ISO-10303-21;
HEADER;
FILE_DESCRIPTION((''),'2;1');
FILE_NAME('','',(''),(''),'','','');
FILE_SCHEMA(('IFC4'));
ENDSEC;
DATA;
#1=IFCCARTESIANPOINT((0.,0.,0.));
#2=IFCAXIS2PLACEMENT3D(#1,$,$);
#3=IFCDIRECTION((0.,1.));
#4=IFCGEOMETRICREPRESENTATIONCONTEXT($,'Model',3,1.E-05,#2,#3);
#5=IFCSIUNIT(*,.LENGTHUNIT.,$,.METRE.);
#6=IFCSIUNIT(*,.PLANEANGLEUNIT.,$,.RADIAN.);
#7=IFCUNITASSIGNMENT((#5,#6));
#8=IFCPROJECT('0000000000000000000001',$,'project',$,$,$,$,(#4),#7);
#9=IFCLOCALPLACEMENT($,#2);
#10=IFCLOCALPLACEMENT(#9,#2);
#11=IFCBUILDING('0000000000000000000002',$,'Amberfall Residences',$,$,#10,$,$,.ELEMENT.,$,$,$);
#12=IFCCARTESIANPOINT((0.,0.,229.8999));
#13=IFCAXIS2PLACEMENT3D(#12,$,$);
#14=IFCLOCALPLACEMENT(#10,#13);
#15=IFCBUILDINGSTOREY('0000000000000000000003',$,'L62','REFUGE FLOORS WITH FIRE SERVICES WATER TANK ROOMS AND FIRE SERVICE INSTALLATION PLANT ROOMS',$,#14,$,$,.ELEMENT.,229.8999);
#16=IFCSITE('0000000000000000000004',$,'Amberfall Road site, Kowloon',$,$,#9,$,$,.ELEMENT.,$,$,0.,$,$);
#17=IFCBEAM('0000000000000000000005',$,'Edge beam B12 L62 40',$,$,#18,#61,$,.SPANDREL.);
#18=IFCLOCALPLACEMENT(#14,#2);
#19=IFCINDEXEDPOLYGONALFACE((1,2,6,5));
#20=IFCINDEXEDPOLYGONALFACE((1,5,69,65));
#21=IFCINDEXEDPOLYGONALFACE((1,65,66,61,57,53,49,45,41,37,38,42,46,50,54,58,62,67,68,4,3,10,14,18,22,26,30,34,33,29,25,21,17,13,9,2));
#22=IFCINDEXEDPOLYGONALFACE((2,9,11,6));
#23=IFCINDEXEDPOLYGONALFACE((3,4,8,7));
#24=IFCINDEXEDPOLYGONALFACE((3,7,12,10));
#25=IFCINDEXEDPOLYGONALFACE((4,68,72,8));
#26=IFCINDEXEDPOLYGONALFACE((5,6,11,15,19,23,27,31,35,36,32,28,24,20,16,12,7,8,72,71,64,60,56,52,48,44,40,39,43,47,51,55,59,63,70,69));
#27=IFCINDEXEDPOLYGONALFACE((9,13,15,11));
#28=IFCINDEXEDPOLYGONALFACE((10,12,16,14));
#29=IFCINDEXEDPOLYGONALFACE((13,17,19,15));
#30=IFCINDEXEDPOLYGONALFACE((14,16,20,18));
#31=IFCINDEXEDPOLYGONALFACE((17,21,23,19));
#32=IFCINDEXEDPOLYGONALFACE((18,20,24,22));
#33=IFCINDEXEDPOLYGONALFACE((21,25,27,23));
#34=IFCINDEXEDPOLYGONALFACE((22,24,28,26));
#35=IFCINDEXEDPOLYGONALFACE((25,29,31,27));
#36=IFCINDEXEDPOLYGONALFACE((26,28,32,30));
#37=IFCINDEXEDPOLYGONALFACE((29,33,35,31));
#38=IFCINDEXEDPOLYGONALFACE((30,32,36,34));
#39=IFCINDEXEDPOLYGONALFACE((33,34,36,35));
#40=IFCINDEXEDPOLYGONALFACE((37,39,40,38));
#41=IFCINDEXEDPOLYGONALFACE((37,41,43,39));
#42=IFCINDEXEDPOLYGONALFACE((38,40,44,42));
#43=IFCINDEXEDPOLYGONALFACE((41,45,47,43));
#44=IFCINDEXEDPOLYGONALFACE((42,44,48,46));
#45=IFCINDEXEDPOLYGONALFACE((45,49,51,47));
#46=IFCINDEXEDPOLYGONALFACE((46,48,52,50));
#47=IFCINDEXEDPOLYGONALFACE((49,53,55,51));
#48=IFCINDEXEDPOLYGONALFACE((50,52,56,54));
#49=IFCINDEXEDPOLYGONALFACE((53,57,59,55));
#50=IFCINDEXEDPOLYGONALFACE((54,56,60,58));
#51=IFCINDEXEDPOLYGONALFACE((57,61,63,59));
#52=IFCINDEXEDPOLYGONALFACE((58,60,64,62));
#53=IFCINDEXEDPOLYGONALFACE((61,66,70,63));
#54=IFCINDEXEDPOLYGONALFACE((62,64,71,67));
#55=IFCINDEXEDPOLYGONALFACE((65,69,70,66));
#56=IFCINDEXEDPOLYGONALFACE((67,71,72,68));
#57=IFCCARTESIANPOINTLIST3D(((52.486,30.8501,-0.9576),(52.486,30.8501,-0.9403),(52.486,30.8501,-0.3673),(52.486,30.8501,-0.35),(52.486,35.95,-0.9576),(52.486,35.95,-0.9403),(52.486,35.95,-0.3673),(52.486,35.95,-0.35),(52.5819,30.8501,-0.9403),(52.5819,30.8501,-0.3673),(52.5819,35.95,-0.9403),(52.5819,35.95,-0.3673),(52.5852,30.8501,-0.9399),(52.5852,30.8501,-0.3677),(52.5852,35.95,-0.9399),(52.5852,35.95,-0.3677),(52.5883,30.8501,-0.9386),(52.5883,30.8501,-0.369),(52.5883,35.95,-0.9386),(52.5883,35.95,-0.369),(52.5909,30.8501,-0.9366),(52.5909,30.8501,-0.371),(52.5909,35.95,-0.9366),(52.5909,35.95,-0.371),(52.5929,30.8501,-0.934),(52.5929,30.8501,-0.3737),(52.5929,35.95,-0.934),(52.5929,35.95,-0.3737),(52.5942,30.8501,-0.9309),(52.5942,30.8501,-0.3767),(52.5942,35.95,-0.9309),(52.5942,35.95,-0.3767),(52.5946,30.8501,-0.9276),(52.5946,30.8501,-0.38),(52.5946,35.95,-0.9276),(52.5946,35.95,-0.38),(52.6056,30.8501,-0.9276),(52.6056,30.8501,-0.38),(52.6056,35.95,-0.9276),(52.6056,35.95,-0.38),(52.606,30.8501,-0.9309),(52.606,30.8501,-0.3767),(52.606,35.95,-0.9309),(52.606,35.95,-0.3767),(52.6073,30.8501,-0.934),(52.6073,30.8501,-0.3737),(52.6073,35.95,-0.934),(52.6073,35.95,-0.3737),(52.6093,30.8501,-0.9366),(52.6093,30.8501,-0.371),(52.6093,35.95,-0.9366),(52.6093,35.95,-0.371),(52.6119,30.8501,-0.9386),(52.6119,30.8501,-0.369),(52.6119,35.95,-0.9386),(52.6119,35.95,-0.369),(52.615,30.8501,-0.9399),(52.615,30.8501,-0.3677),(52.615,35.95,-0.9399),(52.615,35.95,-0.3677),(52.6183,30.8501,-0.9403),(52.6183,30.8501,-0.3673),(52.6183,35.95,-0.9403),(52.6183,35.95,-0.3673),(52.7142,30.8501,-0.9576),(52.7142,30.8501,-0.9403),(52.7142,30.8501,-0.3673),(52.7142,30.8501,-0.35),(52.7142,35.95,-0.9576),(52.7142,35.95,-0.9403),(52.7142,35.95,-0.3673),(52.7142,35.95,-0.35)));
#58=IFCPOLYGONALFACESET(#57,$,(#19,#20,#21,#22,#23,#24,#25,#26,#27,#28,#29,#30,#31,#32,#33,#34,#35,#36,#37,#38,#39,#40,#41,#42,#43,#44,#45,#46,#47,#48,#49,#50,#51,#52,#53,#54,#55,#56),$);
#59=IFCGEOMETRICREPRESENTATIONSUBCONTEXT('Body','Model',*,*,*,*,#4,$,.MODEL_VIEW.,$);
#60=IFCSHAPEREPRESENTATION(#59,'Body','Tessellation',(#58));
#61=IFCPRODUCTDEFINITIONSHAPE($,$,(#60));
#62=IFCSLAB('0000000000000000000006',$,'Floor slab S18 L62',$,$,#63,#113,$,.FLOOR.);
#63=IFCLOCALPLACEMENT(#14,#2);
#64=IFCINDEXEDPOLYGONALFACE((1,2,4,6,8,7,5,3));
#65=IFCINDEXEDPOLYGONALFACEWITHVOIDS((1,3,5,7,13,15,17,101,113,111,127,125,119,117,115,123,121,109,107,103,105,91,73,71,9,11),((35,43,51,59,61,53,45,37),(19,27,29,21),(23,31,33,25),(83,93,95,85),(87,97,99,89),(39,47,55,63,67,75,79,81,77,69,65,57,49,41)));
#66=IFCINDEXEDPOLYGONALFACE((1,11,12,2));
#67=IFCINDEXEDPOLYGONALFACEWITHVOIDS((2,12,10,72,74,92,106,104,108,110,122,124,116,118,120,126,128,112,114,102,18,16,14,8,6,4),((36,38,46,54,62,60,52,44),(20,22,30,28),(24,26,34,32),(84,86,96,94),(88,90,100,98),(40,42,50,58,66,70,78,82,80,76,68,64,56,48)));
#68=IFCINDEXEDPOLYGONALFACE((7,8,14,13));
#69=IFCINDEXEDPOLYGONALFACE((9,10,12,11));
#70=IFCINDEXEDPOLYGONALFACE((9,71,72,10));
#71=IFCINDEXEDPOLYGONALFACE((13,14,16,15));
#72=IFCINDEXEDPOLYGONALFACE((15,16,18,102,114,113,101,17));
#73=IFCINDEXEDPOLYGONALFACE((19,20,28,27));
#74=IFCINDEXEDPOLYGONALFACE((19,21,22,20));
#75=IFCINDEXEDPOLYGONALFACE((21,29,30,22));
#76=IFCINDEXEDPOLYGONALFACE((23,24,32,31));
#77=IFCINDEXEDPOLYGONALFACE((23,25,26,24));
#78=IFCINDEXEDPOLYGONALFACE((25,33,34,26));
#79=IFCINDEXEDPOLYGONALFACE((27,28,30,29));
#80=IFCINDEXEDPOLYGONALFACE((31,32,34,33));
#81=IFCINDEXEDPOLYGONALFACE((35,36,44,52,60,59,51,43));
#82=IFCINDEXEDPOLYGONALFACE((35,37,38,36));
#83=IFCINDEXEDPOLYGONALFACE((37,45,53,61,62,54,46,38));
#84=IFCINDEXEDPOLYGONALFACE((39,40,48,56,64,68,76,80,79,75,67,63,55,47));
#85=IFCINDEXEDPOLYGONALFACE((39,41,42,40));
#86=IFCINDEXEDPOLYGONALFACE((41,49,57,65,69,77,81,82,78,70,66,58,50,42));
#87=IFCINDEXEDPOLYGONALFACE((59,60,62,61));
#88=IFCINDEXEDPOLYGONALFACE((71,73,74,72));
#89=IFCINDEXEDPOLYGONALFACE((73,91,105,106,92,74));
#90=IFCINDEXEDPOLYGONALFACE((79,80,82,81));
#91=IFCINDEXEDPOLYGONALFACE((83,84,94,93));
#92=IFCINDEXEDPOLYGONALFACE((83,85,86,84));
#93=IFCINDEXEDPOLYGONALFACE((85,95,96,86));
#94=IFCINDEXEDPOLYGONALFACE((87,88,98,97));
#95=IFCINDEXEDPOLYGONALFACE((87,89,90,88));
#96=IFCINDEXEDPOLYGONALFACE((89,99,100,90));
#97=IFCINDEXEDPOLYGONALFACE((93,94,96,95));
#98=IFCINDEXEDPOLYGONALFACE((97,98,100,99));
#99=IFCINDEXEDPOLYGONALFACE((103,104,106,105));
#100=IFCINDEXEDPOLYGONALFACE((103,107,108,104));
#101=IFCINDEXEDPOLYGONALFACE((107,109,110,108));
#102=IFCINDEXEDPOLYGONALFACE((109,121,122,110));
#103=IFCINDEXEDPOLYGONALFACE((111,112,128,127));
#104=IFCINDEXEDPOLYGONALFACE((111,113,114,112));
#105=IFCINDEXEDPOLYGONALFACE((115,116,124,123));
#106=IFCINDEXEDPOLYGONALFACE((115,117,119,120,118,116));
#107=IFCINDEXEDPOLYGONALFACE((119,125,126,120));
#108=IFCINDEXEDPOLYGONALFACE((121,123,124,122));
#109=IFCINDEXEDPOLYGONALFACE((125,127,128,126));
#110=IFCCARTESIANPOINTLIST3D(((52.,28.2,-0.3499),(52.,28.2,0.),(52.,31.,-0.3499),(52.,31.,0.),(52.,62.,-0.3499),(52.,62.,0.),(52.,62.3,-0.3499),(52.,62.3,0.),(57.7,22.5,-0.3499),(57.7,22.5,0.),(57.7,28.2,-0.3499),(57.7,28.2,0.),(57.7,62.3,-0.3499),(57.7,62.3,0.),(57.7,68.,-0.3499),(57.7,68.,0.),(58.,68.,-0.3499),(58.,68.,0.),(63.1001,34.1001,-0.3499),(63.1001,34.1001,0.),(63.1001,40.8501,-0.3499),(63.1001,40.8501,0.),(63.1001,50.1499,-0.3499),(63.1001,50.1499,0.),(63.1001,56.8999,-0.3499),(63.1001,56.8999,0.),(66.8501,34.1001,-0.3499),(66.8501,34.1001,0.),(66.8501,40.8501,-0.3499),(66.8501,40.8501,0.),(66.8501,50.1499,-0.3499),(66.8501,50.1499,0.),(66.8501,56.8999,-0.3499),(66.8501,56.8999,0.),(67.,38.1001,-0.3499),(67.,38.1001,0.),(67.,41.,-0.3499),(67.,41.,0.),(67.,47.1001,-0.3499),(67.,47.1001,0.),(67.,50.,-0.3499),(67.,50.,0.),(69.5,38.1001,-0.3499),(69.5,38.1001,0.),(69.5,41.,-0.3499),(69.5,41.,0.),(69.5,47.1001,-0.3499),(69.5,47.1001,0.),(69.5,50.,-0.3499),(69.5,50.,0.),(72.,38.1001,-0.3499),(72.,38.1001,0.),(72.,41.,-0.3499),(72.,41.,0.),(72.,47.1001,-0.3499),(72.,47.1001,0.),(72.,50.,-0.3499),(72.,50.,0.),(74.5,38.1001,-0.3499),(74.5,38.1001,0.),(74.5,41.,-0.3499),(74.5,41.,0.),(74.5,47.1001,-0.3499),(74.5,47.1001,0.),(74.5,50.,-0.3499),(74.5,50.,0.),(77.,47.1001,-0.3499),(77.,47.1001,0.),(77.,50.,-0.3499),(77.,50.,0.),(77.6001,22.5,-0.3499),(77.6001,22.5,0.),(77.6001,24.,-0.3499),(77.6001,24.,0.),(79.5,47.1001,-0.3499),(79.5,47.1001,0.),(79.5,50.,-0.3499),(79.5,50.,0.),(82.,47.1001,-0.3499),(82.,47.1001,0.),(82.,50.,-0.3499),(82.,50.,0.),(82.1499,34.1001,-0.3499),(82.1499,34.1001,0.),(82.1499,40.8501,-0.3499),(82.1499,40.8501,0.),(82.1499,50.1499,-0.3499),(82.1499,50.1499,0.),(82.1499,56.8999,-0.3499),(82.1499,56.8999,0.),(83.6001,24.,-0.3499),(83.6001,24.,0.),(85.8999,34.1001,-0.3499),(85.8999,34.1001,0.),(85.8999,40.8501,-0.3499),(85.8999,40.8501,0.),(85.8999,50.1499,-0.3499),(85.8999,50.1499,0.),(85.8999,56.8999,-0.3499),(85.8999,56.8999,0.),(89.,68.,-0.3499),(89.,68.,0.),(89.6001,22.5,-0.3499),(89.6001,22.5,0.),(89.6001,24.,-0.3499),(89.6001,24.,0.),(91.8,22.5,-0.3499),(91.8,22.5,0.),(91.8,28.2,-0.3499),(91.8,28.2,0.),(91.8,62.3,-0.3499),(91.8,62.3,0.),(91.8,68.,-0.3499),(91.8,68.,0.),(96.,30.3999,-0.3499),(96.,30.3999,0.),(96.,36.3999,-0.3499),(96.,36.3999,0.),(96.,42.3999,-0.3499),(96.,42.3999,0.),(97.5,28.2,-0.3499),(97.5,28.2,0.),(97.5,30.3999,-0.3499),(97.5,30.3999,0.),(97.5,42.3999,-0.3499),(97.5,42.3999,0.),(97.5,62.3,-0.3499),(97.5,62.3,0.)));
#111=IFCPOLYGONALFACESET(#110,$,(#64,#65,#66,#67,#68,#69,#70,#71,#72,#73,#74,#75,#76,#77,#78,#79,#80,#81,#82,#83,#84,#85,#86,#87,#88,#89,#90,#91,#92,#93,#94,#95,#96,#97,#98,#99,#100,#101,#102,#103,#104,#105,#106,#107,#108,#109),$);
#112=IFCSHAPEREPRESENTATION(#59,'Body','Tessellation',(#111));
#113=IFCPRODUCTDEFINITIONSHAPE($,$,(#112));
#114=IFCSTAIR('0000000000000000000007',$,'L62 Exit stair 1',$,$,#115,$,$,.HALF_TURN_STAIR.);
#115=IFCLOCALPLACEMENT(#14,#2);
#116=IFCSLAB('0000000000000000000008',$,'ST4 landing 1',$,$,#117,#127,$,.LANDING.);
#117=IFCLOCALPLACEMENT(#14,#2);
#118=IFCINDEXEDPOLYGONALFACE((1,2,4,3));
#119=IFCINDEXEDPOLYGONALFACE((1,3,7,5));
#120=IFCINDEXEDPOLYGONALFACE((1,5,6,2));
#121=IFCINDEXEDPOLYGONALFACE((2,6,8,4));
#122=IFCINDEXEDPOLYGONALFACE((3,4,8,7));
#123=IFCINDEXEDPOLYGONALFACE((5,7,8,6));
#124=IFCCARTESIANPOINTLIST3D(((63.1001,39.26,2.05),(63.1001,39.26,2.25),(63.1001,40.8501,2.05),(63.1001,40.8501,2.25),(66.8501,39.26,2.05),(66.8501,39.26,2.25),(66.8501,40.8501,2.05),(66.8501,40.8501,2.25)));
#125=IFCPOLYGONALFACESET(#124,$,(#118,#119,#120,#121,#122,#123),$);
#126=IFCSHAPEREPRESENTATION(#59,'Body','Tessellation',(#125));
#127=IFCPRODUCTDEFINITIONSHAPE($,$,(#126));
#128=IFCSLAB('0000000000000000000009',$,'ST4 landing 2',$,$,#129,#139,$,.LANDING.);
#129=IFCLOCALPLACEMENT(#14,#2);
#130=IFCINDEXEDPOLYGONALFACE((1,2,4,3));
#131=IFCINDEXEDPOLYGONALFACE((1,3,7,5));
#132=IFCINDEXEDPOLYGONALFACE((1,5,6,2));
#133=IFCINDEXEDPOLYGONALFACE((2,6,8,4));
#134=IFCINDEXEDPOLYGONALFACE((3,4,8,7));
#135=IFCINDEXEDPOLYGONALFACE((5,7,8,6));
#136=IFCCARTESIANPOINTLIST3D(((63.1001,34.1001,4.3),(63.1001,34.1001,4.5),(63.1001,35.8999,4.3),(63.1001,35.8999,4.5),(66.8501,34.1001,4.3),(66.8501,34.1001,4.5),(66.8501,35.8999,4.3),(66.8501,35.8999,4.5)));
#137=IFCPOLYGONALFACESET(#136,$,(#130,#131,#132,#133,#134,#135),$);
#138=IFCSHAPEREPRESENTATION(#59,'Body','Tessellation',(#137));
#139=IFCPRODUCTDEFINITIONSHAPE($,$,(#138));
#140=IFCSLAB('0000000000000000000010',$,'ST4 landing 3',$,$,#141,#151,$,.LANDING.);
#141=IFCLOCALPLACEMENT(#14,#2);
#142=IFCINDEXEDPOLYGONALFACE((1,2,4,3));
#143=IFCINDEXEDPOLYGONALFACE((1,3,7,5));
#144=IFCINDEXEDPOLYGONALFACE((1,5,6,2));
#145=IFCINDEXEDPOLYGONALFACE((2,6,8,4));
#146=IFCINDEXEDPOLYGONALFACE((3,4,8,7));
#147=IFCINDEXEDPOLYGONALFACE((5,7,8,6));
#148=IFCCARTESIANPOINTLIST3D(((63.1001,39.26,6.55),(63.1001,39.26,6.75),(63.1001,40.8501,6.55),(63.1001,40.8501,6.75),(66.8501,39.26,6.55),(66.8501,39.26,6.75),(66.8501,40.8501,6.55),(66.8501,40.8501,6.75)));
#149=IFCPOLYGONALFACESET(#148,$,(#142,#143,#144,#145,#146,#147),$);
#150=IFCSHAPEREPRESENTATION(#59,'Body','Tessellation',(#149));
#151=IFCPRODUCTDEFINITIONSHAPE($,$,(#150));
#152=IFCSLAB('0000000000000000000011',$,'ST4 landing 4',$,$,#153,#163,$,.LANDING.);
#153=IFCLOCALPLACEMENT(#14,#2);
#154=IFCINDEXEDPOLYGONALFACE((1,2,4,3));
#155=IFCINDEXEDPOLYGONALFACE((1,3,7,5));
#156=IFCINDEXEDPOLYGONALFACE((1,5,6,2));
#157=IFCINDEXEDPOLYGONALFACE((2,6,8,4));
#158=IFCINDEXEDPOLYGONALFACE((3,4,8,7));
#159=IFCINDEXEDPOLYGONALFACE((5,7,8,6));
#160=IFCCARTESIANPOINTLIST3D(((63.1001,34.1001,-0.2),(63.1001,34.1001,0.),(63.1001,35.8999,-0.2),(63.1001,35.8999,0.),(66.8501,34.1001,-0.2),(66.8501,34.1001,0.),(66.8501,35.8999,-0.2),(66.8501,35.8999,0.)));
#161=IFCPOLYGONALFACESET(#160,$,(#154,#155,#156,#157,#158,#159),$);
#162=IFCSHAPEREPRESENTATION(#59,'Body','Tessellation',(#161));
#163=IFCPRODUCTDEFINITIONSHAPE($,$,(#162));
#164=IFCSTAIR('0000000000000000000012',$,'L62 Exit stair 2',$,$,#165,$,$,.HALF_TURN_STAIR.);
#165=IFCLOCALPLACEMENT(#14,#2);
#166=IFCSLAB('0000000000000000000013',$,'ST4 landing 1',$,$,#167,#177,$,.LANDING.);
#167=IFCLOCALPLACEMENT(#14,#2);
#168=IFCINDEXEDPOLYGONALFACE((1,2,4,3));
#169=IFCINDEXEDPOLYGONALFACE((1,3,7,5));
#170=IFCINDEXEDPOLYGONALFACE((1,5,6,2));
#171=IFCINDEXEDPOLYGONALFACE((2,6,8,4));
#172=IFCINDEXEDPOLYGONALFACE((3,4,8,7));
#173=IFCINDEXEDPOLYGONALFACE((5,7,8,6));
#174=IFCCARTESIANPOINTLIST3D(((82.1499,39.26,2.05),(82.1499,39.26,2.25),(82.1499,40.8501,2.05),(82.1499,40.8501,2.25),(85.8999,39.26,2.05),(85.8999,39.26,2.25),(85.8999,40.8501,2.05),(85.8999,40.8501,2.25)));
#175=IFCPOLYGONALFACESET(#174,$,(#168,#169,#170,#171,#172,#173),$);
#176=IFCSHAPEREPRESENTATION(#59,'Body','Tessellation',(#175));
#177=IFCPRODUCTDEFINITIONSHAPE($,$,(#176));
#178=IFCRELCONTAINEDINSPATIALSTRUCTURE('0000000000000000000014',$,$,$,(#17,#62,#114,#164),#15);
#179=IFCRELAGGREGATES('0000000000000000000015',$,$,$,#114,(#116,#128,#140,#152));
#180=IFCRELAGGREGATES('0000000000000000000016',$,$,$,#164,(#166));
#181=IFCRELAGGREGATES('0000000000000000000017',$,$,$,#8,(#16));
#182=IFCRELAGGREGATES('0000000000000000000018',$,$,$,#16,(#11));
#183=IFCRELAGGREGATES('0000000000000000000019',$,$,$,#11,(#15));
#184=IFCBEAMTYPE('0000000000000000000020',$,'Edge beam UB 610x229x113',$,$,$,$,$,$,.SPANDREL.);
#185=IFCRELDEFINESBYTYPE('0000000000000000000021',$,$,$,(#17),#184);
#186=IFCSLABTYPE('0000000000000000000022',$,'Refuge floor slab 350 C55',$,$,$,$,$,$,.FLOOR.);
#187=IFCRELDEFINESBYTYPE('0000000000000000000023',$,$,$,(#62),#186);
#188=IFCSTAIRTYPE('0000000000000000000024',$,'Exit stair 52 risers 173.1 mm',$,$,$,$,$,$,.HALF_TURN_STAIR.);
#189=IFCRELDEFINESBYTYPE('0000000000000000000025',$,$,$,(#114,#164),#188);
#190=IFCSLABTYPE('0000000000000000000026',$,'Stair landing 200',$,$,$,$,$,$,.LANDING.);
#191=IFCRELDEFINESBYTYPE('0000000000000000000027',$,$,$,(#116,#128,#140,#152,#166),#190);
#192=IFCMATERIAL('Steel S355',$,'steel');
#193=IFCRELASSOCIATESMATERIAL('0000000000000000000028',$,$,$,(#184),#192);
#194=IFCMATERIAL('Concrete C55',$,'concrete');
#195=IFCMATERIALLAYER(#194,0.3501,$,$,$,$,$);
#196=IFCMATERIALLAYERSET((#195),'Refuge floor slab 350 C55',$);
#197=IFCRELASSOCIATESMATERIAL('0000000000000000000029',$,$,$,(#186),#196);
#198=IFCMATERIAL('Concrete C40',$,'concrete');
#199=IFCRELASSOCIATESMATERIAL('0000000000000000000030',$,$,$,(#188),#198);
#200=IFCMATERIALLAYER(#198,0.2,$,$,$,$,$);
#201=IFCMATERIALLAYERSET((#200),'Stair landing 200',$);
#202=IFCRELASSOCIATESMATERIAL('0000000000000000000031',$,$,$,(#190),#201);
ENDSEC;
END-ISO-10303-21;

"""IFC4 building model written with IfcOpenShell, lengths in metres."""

from ifc_helpers import new_model, si_unit, direction, frame, origin, origin_2d, place, context, subcontext, project, spatial, polyline, i_section, outline, extrude, material, layer, layer_set, material_profile, profile_set, type_object, element, aggregate, save


model = new_model("IFC4")

# Units and contexts
model_context = context("Model", 3, precision=1e-05, world=origin(), true_north=direction((0.0, 1.0)))
body_context = subcontext(model_context, "Body", "Model", "MODEL_VIEW")
ifc_project = project(units=[si_unit("LENGTHUNIT", "METRE"), si_unit("PLANEANGLEUNIT", "RADIAN")], contexts=[model_context])

# Site, building, storey
site_placement = place(None, origin())
site = spatial("IfcSite", under=ifc_project, at=site_placement, Name="Amberfall Road site, Kowloon", CompositionType="ELEMENT", RefElevation=0.0)
building_placement = place(site_placement, origin())
building = spatial("IfcBuilding", under=site, at=building_placement, Name="Amberfall Residences", CompositionType="ELEMENT")
storey_placement = place(building_placement, frame((0.0, 0.0, 229.8999)))
storey = spatial("IfcBuildingStorey", under=building, at=storey_placement, Name="L62", Description="REFUGE FLOORS WITH FIRE SERVICES WATER TANK ROOMS AND FIRE SERVICE INSTALLATION PLANT ROOMS", CompositionType="ELEMENT", Elevation=229.8999)

# Shared definitions
ifc_material_1 = material(Name="Concrete C55", Category="concrete")

# Shared definitions
ifc_material_2 = material(Name="Steel S355", Category="steel")

# Beam
ifc_material_profile_1 = material_profile(ifc_material_2, i_section(OverallWidth=0.2283, OverallDepth=0.6077, WebThickness=0.011, FlangeThickness=0.0173, FilletRadius=0.0127, at=origin_2d()), Name="UB 610x229x113")
ifc_profile_set_1 = profile_set([ifc_material_profile_1], Name="Steel S355")
beam_type_1 = type_object("IfcBeamType", Name="Edge beam UB 610x229x113", PredefinedType="SPANDREL", material=ifc_profile_set_1)
beam_1_placement = place(storey_placement, frame((52.6001, 30.8501, -0.6538), z_axis=(0.0, 1.0, 0.0), x_axis=(-1.0, 0.0, 0.0)))
element("IfcBeam", 1, at=beam_1_placement, inside=storey, type_object=beam_type_1, Name="Edge beam B12 L62 40", PredefinedType="SPANDREL", context=body_context, shape_type="SweptSolid", body=[
    extrude(i_section(OverallWidth=0.2283, OverallDepth=0.6077, WebThickness=0.011, FlangeThickness=0.0173, FilletRadius=0.0127, at=origin_2d()), origin(), (0.0, 0.0, 1.0), 5.0999),
])

# Slab
ifc_layer_1 = layer(ifc_material_1, 0.3501)
ifc_layer_set_1 = layer_set([ifc_layer_1], Name="Refuge floor slab 350 C55")
slab_type_1 = type_object("IfcSlabType", Name="Refuge floor slab 350 C55", PredefinedType="FLOOR", material=ifc_layer_set_1)
slab_1_placement = place(storey_placement, frame((0.0, 0.0, -0.3499)))
element("IfcSlab", 2, at=slab_1_placement, inside=storey, type_object=slab_type_1, Name="Floor slab S18 L62", PredefinedType="FLOOR", context=body_context, shape_type="SweptSolid", body=[
    extrude(outline(polyline([(89.6001, 24.0), (83.6001, 24.0), (77.6001, 24.0), (77.6001, 22.5), (57.7, 22.5), (57.7, 28.2), (52.0, 28.2), (52.0, 31.0), (52.0, 62.0), (52.0, 62.3), (57.7, 62.3), (57.7, 68.0), (58.0, 68.0), (89.0, 68.0), (91.8, 68.0), (91.8, 62.3), (97.5, 62.3), (97.5, 42.3999), (96.0, 42.3999), (96.0, 36.3999), (96.0, 30.3999), (97.5, 30.3999), (97.5, 28.2), (91.8, 28.2), (91.8, 22.5), (89.6001, 22.5), (89.6001, 24.0)]), holes=[polyline([(85.8999, 34.1001), (85.8999, 40.8501), (82.1499, 40.8501), (82.1499, 34.1001), (85.8999, 34.1001)]), polyline([(85.8999, 50.1499), (85.8999, 56.8999), (82.1499, 56.8999), (82.1499, 50.1499), (85.8999, 50.1499)]), polyline([(67.0, 50.0), (67.0, 47.1001), (69.5, 47.1001), (72.0, 47.1001), (74.5, 47.1001), (77.0, 47.1001), (79.5, 47.1001), (82.0, 47.1001), (82.0, 50.0), (79.5, 50.0), (77.0, 50.0), (74.5, 50.0), (72.0, 50.0), (69.5, 50.0), (67.0, 50.0)]), polyline([(69.5, 41.0), (67.0, 41.0), (67.0, 38.1001), (69.5, 38.1001), (72.0, 38.1001), (74.5, 38.1001), (74.5, 41.0), (72.0, 41.0), (69.5, 41.0)]), polyline([(66.8501, 40.8501), (63.1001, 40.8501), (63.1001, 34.1001), (66.8501, 34.1001), (66.8501, 40.8501)]), polyline([(66.8501, 56.8999), (63.1001, 56.8999), (63.1001, 50.1499), (66.8501, 50.1499), (66.8501, 56.8999)])]), origin(), (0.0, 0.0, 1.0), 0.3499),
])

# Stairs, slabs
ifc_material_3 = material(Name="Concrete C40", Category="concrete")
stair_type = type_object("IfcStairType", Name="Exit stair 52 risers 173.1 mm", PredefinedType="HALF_TURN_STAIR", material=ifc_material_3)
stair_1_placement = place(storey_placement, origin())
stair_1 = element("IfcStair", 3, at=stair_1_placement, inside=storey, type_object=stair_type, Name="L62 Exit stair 1", PredefinedType="HALF_TURN_STAIR")
ifc_layer_2 = layer(ifc_material_3, 0.2)
ifc_layer_set_2 = layer_set([ifc_layer_2], Name="Stair landing 200")
slab_type_2 = type_object("IfcSlabType", Name="Stair landing 200", PredefinedType="LANDING", material=ifc_layer_set_2)
slab_2_placement = place(storey_placement, frame((0.0, 0.0, 2.05)))
slab_2 = element("IfcSlab", 4, at=slab_2_placement, type_object=slab_type_2, Name="ST4 landing 1", PredefinedType="LANDING", context=body_context, shape_type="SweptSolid", body=[
    extrude(outline(polyline([(66.8501, 39.26), (66.8501, 40.8501), (63.1001, 40.8501), (63.1001, 39.26), (66.8501, 39.26)])), origin(), (0.0, 0.0, 1.0), 0.2),
])
slab_3_placement = place(storey_placement, frame((0.0, 0.0, 4.3)))
slab_3 = element("IfcSlab", 5, at=slab_3_placement, type_object=slab_type_2, Name="ST4 landing 2", PredefinedType="LANDING", context=body_context, shape_type="SweptSolid", body=[
    extrude(outline(polyline([(66.8501, 34.1001), (66.8501, 35.8999), (63.1001, 35.8999), (63.1001, 34.1001), (66.8501, 34.1001)])), origin(), (0.0, 0.0, 1.0), 0.2),
])
slab_4_placement = place(storey_placement, frame((0.0, 0.0, 6.55)))
slab_4 = element("IfcSlab", 6, at=slab_4_placement, type_object=slab_type_2, Name="ST4 landing 3", PredefinedType="LANDING", context=body_context, shape_type="SweptSolid", body=[
    extrude(outline(polyline([(66.8501, 39.26), (66.8501, 40.8501), (63.1001, 40.8501), (63.1001, 39.26), (66.8501, 39.26)])), origin(), (0.0, 0.0, 1.0), 0.2),
])
slab_5_placement = place(storey_placement, frame((0.0, 0.0, -0.2)))
slab_5 = element("IfcSlab", 7, at=slab_5_placement, type_object=slab_type_2, Name="ST4 landing 4", PredefinedType="LANDING", context=body_context, shape_type="SweptSolid", body=[
    extrude(outline(polyline([(66.8501, 34.1001), (66.8501, 35.8999), (63.1001, 35.8999), (63.1001, 34.1001), (66.8501, 34.1001)])), origin(), (0.0, 0.0, 1.0), 0.2),
])
aggregate(stair_1, [slab_2, slab_3, slab_4, slab_5])
stair_2_placement = place(storey_placement, origin())
stair_2 = element("IfcStair", 8, at=stair_2_placement, inside=storey, type_object=stair_type, Name="L62 Exit stair 2", PredefinedType="HALF_TURN_STAIR")
slab_6_placement = place(storey_placement, frame((0.0, 0.0, 2.05)))
slab_6 = element("IfcSlab", 9, at=slab_6_placement, type_object=slab_type_2, Name="ST4 landing 1", PredefinedType="LANDING", context=body_context, shape_type="SweptSolid", body=[
    extrude(outline(polyline([(85.8999, 39.26), (85.8999, 40.8501), (82.1499, 40.8501), (82.1499, 39.26), (85.8999, 39.26)])), origin(), (0.0, 0.0, 1.0), 0.2),
])
aggregate(stair_2, [slab_6])

save(model, "model.ifc")
